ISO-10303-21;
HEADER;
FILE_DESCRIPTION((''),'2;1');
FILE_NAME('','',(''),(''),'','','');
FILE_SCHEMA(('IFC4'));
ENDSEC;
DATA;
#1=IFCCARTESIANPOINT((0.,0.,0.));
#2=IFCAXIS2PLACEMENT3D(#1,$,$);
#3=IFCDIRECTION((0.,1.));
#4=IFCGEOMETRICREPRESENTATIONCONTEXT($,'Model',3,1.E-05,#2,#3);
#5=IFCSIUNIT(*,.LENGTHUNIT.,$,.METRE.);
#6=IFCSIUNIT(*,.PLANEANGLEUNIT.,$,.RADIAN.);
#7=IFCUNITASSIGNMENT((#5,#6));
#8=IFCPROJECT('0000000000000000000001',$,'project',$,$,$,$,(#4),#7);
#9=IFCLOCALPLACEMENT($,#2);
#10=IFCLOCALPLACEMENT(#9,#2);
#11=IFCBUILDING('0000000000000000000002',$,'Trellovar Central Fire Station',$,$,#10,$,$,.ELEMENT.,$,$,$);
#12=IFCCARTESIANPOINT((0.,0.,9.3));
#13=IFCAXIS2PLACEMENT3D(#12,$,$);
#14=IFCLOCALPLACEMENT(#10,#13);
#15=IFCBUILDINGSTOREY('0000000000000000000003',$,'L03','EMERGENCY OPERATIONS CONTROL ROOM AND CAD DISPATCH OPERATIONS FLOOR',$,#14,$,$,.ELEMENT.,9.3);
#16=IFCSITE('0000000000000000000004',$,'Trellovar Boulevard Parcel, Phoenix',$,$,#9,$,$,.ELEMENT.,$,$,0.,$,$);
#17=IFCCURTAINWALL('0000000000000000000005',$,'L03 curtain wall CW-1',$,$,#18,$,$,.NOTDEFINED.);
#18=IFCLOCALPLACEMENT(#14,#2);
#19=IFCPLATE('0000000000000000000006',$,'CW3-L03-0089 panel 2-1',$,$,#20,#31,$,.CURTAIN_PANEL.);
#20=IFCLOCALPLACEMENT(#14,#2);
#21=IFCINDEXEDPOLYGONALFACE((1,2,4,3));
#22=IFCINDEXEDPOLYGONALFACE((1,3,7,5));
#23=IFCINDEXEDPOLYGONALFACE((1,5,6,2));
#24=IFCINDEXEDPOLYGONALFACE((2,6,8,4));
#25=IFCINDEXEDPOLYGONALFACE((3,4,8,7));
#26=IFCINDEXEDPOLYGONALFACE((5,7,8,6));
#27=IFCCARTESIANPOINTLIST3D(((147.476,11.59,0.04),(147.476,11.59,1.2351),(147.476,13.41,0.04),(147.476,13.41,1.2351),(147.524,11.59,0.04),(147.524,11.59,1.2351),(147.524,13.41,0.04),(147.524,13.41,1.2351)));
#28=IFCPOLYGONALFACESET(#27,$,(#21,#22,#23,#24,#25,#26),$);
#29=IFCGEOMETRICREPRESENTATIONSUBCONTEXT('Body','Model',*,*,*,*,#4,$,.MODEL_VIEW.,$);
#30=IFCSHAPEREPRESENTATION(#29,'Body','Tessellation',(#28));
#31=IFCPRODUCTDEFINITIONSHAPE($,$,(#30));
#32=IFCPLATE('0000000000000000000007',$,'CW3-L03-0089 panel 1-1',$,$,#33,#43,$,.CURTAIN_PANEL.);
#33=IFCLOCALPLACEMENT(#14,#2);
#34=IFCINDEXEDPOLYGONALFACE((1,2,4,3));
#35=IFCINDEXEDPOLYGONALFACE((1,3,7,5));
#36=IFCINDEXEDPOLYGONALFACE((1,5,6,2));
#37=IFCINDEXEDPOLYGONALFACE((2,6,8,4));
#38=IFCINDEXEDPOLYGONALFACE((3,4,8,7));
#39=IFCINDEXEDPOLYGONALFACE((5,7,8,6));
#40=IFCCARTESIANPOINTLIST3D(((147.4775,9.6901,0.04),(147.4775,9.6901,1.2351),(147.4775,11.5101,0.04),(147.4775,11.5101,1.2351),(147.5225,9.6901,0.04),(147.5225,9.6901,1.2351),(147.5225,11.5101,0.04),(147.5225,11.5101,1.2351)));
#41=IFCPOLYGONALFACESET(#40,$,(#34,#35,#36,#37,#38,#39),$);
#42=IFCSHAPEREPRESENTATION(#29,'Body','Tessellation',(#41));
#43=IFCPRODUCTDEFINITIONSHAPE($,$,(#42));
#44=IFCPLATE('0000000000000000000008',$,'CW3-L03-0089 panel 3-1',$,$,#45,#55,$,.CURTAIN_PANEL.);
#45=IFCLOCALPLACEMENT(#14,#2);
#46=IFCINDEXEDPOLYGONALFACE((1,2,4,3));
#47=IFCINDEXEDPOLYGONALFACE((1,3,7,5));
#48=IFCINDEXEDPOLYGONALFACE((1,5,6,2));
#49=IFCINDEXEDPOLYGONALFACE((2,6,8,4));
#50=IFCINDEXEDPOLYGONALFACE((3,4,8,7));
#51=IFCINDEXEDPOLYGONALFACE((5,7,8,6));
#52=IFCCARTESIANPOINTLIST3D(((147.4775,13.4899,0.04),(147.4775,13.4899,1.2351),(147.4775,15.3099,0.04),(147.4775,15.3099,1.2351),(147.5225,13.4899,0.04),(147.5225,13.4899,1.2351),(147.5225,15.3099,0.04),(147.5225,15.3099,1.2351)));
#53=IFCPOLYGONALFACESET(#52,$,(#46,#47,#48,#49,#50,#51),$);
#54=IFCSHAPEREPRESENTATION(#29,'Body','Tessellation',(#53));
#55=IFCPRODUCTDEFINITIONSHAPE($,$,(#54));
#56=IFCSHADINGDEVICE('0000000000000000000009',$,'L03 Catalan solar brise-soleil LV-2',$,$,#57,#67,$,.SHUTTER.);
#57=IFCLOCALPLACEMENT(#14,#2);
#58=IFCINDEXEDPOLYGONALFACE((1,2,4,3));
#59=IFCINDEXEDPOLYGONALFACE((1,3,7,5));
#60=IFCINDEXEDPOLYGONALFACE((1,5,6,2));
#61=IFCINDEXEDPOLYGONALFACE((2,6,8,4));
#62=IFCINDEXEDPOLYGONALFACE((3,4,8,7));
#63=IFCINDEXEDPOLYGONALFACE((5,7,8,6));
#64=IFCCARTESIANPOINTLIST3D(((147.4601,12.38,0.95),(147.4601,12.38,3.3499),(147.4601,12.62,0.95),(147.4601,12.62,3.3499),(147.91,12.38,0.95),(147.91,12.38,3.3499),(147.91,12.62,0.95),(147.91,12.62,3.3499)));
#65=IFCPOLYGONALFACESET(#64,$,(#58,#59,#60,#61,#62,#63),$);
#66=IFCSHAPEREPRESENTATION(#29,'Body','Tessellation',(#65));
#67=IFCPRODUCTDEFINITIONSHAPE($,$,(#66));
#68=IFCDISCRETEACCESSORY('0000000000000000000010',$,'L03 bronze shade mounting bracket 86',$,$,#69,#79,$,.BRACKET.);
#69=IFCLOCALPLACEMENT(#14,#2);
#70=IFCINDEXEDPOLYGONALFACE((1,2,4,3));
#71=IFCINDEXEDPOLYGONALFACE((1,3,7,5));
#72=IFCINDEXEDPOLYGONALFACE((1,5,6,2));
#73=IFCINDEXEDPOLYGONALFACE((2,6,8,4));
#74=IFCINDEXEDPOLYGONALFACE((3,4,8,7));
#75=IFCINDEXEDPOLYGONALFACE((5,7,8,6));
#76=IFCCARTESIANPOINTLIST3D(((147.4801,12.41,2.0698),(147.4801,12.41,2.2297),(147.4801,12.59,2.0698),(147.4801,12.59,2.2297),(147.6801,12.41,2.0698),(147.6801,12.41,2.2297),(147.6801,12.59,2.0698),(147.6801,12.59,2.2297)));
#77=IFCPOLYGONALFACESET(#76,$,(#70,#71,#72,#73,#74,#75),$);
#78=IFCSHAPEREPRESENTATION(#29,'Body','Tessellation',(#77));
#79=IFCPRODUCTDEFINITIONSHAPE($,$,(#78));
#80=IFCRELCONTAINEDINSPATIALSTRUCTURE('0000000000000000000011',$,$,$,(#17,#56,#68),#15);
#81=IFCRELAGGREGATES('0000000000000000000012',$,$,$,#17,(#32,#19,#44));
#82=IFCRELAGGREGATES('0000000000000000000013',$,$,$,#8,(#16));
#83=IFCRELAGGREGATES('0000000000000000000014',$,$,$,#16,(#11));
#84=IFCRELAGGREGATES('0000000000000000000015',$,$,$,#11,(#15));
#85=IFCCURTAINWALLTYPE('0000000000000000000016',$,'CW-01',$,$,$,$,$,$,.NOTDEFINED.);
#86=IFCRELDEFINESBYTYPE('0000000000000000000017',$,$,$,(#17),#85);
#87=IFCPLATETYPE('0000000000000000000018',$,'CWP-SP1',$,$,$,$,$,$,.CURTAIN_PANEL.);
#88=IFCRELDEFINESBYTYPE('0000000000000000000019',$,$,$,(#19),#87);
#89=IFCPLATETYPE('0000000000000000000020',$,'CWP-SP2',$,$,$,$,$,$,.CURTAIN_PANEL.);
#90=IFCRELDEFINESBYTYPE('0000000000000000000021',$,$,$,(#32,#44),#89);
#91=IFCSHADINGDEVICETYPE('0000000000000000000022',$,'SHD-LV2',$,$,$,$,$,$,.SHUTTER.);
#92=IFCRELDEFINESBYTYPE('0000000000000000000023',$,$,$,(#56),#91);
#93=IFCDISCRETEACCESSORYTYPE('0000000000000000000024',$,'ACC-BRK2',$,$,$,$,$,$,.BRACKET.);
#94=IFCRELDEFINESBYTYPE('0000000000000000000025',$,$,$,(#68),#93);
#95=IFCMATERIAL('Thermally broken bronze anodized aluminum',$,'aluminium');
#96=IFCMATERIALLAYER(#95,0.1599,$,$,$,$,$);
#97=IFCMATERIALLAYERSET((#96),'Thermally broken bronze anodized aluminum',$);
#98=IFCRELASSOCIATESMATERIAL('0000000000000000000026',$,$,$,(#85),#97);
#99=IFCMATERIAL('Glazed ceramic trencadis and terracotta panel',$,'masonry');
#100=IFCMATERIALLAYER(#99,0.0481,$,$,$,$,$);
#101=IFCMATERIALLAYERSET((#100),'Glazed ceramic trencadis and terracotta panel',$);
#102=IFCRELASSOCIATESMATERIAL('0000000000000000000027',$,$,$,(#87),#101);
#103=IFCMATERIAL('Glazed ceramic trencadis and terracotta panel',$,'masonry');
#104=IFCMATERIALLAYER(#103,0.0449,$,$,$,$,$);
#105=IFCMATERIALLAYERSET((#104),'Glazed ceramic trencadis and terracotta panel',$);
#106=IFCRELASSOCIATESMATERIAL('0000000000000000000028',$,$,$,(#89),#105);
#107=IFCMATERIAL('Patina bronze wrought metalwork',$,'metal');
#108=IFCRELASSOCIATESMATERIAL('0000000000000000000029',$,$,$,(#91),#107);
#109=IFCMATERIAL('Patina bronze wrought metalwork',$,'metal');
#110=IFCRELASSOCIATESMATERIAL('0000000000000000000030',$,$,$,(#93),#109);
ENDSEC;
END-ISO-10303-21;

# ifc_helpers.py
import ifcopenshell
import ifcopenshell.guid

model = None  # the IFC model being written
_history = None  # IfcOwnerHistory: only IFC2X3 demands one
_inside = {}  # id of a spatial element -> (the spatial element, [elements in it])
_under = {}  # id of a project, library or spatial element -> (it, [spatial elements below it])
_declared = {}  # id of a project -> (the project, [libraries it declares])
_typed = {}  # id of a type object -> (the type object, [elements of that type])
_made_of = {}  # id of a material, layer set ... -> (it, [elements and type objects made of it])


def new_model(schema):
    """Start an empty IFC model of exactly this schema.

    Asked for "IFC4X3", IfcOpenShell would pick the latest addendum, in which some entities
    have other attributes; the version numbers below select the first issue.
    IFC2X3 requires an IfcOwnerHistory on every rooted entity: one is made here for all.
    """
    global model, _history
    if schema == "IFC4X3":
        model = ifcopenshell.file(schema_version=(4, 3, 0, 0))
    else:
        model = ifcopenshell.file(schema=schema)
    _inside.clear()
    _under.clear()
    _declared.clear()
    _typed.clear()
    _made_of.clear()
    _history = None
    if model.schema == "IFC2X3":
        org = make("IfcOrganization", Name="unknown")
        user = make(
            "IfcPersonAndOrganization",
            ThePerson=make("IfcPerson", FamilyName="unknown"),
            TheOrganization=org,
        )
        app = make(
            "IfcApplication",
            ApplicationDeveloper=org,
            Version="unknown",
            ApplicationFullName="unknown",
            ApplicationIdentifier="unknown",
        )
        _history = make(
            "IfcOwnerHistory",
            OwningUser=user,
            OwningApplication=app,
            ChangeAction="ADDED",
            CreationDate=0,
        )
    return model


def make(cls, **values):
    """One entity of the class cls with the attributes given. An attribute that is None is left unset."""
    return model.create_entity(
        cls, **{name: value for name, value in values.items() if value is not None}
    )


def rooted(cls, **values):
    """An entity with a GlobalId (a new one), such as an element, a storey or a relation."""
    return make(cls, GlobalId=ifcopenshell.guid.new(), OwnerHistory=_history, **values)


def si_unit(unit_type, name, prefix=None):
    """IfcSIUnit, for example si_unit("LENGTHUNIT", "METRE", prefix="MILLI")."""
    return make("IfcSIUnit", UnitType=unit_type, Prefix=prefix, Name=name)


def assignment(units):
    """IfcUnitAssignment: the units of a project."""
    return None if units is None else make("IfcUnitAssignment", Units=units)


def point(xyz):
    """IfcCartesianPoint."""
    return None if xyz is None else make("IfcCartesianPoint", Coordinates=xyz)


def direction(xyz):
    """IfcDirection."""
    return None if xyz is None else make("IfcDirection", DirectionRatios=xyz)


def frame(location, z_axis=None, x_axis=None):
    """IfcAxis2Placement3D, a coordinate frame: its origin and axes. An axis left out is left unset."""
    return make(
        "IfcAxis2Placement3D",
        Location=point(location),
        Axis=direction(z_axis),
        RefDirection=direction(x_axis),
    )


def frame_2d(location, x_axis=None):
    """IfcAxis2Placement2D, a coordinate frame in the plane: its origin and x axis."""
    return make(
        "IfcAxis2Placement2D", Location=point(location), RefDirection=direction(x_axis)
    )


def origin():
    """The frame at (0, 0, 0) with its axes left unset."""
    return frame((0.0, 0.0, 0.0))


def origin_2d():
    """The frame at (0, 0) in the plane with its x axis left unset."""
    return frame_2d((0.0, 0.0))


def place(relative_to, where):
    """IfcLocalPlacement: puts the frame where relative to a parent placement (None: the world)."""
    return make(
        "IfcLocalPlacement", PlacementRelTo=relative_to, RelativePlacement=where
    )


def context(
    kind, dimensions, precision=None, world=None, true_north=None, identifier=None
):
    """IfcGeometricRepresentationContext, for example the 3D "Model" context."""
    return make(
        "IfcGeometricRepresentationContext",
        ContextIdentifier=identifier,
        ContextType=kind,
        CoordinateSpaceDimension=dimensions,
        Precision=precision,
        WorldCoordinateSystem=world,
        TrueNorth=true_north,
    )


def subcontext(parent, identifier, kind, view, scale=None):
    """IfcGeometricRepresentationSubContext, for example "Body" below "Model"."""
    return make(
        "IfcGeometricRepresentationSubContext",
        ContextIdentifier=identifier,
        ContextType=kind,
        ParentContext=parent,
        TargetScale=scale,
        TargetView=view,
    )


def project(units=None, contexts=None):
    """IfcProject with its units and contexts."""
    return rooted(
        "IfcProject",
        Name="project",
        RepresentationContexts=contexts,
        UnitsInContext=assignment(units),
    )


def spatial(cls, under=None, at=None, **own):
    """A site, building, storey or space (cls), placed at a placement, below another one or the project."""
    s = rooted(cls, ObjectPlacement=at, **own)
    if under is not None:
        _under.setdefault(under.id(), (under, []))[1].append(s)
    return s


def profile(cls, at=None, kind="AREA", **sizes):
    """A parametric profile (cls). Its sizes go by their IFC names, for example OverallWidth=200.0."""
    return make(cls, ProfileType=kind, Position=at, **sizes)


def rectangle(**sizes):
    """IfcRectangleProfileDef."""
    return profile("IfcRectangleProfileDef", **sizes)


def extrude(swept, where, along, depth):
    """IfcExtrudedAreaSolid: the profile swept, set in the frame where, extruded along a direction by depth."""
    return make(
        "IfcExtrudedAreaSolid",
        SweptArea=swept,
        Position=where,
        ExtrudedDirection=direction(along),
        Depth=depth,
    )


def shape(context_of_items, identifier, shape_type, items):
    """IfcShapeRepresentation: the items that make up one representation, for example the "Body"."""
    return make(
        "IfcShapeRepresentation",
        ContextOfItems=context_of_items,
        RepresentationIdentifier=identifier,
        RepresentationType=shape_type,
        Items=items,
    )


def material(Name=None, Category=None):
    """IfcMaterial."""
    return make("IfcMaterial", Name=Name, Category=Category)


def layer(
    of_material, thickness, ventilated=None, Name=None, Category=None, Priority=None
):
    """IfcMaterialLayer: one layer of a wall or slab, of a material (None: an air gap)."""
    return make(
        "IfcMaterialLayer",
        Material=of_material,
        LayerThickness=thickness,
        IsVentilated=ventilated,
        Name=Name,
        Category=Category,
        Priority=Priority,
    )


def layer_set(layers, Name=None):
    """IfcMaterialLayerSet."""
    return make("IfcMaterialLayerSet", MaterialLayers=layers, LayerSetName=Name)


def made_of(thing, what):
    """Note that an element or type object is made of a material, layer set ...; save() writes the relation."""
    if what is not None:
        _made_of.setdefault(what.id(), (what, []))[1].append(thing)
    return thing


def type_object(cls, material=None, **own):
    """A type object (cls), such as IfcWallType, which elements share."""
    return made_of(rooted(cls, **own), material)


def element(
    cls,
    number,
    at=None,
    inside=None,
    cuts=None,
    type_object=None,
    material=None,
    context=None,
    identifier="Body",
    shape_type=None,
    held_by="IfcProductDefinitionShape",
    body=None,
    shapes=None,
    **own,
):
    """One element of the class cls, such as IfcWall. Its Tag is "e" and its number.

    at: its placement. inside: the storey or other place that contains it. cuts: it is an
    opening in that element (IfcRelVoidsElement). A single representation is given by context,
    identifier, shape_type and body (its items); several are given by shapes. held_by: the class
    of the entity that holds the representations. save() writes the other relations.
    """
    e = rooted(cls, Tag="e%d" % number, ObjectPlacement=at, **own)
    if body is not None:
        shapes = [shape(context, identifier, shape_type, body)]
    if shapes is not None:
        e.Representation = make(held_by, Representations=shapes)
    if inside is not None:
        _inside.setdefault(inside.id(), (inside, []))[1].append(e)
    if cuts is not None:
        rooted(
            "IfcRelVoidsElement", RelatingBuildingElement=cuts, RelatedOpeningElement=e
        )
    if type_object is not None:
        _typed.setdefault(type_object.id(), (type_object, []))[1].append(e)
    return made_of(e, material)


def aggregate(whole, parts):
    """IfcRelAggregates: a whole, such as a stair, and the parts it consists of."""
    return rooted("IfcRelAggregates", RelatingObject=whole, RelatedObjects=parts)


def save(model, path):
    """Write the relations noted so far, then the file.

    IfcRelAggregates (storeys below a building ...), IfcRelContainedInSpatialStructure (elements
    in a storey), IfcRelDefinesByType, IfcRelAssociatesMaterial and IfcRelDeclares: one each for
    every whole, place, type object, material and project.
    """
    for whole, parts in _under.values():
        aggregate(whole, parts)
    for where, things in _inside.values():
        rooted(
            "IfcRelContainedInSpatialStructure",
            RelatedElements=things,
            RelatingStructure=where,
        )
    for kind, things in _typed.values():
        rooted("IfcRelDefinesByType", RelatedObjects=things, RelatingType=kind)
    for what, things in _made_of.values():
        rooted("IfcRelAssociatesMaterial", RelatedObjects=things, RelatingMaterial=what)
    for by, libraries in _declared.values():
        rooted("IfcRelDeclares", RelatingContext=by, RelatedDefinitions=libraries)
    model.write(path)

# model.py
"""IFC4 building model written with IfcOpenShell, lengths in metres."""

from ifc_helpers import new_model, si_unit, direction, frame, origin, origin_2d, place, context, subcontext, project, spatial, rectangle, extrude, material, layer, layer_set, type_object, element, aggregate, save


model = new_model("IFC4")

# Units and contexts
model_context = context("Model", 3, precision=1e-05, world=origin(), true_north=direction((0.0, 1.0)))
body_context = subcontext(model_context, "Body", "Model", "MODEL_VIEW")
ifc_project = project(units=[si_unit("LENGTHUNIT", "METRE"), si_unit("PLANEANGLEUNIT", "RADIAN")], contexts=[model_context])

# Site, building, storey
site_placement = place(None, origin())
site = spatial("IfcSite", under=ifc_project, at=site_placement, Name="Trellovar Boulevard Parcel, Phoenix", CompositionType="ELEMENT", RefElevation=0.0)
building_placement = place(site_placement, origin())
building = spatial("IfcBuilding", under=site, at=building_placement, Name="Trellovar Central Fire Station", CompositionType="ELEMENT")
storey_placement = place(building_placement, frame((0.0, 0.0, 9.3)))
storey = spatial("IfcBuildingStorey", under=building, at=storey_placement, Name="L03", Description="EMERGENCY OPERATIONS CONTROL ROOM AND CAD DISPATCH OPERATIONS FLOOR", CompositionType="ELEMENT", Elevation=9.3)

# Curtain wall, plates
ifc_material_1 = material(Name="Thermally broken bronze anodized aluminum", Category="aluminium")
ifc_layer_1 = layer(ifc_material_1, 0.1599)
ifc_layer_set_1 = layer_set([ifc_layer_1], Name="Thermally broken bronze anodized aluminum")
curtain_wall_type = type_object("IfcCurtainWallType", Name="CW-01", PredefinedType="NOTDEFINED", material=ifc_layer_set_1)
curtain_wall_placement = place(storey_placement, origin())
curtain_wall = element("IfcCurtainWall", 1, at=curtain_wall_placement, inside=storey, type_object=curtain_wall_type, Name="L03 curtain wall CW-1", PredefinedType="NOTDEFINED")
ifc_material_2 = material(Name="Glazed ceramic trencadis and terracotta panel", Category="masonry")
ifc_layer_2 = layer(ifc_material_2, 0.0481)
ifc_layer_set_2 = layer_set([ifc_layer_2], Name="Glazed ceramic trencadis and terracotta panel")
plate_type_1 = type_object("IfcPlateType", Name="CWP-SP1", PredefinedType="CURTAIN_PANEL", material=ifc_layer_set_2)
plate_1_placement = place(storey_placement, frame((147.5, 12.5, 0.04), z_axis=(0.0, 0.0, 1.0), x_axis=(0.0, 1.0, 0.0)))
plate_1 = element("IfcPlate", 2, at=plate_1_placement, type_object=plate_type_1, Name="CW3-L03-0089 panel 2-1", PredefinedType="CURTAIN_PANEL", context=body_context, shape_type="SweptSolid", body=[
    extrude(rectangle(XDim=1.8201, YDim=0.0481, at=origin_2d()), origin(), (0.0, 0.0, 1.0), 1.1951),
])
ifc_material_3 = material(Name="Glazed ceramic trencadis and terracotta panel", Category="masonry")
ifc_layer_3 = layer(ifc_material_3, 0.0449)
ifc_layer_set_3 = layer_set([ifc_layer_3], Name="Glazed ceramic trencadis and terracotta panel")
plate_type_2 = type_object("IfcPlateType", Name="CWP-SP2", PredefinedType="CURTAIN_PANEL", material=ifc_layer_set_3)
plate_2_placement = place(storey_placement, frame((147.5, 10.6001, 0.04), z_axis=(0.0, 0.0, 1.0), x_axis=(0.0, 1.0, 0.0)))
plate_2 = element("IfcPlate", 3, at=plate_2_placement, type_object=plate_type_2, Name="CW3-L03-0089 panel 1-1", PredefinedType="CURTAIN_PANEL", context=body_context, shape_type="SweptSolid", body=[
    extrude(rectangle(XDim=1.8201, YDim=0.0449, at=origin_2d()), origin(), (0.0, 0.0, 1.0), 1.1951),
])
plate_3_placement = place(storey_placement, frame((147.5, 14.3999, 0.04), z_axis=(0.0, 0.0, 1.0), x_axis=(0.0, 1.0, 0.0)))
plate_3 = element("IfcPlate", 4, at=plate_3_placement, type_object=plate_type_2, Name="CW3-L03-0089 panel 3-1", PredefinedType="CURTAIN_PANEL", context=body_context, shape_type="SweptSolid", body=[
    extrude(rectangle(XDim=1.8201, YDim=0.0449, at=origin_2d()), origin(), (0.0, 0.0, 1.0), 1.1951),
])
aggregate(curtain_wall, [plate_2, plate_1, plate_3])

# Shading device
ifc_material_4 = material(Name="Patina bronze wrought metalwork", Category="metal")
shading_device_type = type_object("IfcShadingDeviceType", Name="SHD-LV2", PredefinedType="SHUTTER", material=ifc_material_4)
shading_device_placement = place(storey_placement, frame((147.6851, 12.5, 0.95), z_axis=(0.0, 0.0, 1.0), x_axis=(1.0, 0.0, 0.0)))
element("IfcShadingDevice", 5, at=shading_device_placement, inside=storey, type_object=shading_device_type, Name="L03 Catalan solar brise-soleil LV-2", PredefinedType="SHUTTER", context=body_context, shape_type="SweptSolid", body=[
    extrude(rectangle(XDim=0.45, YDim=0.24, at=origin_2d()), origin(), (0.0, 0.0, 1.0), 2.3999),
])

# Discrete accessory
ifc_material_5 = material(Name="Patina bronze wrought metalwork", Category="metal")
discrete_accessory_type = type_object("IfcDiscreteAccessoryType", Name="ACC-BRK2", PredefinedType="BRACKET", material=ifc_material_5)
discrete_accessory_placement = place(storey_placement, frame((147.5801, 12.5, 2.0698), z_axis=(0.0, 0.0, 1.0), x_axis=(1.0, 0.0, 0.0)))
element("IfcDiscreteAccessory", 6, at=discrete_accessory_placement, inside=storey, type_object=discrete_accessory_type, Name="L03 bronze shade mounting bracket 86", PredefinedType="BRACKET", context=body_context, shape_type="SweptSolid", body=[
    extrude(rectangle(XDim=0.2, YDim=0.1799, at=origin_2d()), origin(), (0.0, 0.0, 1.0), 0.1599),
])

save(model, "model.ifc")
